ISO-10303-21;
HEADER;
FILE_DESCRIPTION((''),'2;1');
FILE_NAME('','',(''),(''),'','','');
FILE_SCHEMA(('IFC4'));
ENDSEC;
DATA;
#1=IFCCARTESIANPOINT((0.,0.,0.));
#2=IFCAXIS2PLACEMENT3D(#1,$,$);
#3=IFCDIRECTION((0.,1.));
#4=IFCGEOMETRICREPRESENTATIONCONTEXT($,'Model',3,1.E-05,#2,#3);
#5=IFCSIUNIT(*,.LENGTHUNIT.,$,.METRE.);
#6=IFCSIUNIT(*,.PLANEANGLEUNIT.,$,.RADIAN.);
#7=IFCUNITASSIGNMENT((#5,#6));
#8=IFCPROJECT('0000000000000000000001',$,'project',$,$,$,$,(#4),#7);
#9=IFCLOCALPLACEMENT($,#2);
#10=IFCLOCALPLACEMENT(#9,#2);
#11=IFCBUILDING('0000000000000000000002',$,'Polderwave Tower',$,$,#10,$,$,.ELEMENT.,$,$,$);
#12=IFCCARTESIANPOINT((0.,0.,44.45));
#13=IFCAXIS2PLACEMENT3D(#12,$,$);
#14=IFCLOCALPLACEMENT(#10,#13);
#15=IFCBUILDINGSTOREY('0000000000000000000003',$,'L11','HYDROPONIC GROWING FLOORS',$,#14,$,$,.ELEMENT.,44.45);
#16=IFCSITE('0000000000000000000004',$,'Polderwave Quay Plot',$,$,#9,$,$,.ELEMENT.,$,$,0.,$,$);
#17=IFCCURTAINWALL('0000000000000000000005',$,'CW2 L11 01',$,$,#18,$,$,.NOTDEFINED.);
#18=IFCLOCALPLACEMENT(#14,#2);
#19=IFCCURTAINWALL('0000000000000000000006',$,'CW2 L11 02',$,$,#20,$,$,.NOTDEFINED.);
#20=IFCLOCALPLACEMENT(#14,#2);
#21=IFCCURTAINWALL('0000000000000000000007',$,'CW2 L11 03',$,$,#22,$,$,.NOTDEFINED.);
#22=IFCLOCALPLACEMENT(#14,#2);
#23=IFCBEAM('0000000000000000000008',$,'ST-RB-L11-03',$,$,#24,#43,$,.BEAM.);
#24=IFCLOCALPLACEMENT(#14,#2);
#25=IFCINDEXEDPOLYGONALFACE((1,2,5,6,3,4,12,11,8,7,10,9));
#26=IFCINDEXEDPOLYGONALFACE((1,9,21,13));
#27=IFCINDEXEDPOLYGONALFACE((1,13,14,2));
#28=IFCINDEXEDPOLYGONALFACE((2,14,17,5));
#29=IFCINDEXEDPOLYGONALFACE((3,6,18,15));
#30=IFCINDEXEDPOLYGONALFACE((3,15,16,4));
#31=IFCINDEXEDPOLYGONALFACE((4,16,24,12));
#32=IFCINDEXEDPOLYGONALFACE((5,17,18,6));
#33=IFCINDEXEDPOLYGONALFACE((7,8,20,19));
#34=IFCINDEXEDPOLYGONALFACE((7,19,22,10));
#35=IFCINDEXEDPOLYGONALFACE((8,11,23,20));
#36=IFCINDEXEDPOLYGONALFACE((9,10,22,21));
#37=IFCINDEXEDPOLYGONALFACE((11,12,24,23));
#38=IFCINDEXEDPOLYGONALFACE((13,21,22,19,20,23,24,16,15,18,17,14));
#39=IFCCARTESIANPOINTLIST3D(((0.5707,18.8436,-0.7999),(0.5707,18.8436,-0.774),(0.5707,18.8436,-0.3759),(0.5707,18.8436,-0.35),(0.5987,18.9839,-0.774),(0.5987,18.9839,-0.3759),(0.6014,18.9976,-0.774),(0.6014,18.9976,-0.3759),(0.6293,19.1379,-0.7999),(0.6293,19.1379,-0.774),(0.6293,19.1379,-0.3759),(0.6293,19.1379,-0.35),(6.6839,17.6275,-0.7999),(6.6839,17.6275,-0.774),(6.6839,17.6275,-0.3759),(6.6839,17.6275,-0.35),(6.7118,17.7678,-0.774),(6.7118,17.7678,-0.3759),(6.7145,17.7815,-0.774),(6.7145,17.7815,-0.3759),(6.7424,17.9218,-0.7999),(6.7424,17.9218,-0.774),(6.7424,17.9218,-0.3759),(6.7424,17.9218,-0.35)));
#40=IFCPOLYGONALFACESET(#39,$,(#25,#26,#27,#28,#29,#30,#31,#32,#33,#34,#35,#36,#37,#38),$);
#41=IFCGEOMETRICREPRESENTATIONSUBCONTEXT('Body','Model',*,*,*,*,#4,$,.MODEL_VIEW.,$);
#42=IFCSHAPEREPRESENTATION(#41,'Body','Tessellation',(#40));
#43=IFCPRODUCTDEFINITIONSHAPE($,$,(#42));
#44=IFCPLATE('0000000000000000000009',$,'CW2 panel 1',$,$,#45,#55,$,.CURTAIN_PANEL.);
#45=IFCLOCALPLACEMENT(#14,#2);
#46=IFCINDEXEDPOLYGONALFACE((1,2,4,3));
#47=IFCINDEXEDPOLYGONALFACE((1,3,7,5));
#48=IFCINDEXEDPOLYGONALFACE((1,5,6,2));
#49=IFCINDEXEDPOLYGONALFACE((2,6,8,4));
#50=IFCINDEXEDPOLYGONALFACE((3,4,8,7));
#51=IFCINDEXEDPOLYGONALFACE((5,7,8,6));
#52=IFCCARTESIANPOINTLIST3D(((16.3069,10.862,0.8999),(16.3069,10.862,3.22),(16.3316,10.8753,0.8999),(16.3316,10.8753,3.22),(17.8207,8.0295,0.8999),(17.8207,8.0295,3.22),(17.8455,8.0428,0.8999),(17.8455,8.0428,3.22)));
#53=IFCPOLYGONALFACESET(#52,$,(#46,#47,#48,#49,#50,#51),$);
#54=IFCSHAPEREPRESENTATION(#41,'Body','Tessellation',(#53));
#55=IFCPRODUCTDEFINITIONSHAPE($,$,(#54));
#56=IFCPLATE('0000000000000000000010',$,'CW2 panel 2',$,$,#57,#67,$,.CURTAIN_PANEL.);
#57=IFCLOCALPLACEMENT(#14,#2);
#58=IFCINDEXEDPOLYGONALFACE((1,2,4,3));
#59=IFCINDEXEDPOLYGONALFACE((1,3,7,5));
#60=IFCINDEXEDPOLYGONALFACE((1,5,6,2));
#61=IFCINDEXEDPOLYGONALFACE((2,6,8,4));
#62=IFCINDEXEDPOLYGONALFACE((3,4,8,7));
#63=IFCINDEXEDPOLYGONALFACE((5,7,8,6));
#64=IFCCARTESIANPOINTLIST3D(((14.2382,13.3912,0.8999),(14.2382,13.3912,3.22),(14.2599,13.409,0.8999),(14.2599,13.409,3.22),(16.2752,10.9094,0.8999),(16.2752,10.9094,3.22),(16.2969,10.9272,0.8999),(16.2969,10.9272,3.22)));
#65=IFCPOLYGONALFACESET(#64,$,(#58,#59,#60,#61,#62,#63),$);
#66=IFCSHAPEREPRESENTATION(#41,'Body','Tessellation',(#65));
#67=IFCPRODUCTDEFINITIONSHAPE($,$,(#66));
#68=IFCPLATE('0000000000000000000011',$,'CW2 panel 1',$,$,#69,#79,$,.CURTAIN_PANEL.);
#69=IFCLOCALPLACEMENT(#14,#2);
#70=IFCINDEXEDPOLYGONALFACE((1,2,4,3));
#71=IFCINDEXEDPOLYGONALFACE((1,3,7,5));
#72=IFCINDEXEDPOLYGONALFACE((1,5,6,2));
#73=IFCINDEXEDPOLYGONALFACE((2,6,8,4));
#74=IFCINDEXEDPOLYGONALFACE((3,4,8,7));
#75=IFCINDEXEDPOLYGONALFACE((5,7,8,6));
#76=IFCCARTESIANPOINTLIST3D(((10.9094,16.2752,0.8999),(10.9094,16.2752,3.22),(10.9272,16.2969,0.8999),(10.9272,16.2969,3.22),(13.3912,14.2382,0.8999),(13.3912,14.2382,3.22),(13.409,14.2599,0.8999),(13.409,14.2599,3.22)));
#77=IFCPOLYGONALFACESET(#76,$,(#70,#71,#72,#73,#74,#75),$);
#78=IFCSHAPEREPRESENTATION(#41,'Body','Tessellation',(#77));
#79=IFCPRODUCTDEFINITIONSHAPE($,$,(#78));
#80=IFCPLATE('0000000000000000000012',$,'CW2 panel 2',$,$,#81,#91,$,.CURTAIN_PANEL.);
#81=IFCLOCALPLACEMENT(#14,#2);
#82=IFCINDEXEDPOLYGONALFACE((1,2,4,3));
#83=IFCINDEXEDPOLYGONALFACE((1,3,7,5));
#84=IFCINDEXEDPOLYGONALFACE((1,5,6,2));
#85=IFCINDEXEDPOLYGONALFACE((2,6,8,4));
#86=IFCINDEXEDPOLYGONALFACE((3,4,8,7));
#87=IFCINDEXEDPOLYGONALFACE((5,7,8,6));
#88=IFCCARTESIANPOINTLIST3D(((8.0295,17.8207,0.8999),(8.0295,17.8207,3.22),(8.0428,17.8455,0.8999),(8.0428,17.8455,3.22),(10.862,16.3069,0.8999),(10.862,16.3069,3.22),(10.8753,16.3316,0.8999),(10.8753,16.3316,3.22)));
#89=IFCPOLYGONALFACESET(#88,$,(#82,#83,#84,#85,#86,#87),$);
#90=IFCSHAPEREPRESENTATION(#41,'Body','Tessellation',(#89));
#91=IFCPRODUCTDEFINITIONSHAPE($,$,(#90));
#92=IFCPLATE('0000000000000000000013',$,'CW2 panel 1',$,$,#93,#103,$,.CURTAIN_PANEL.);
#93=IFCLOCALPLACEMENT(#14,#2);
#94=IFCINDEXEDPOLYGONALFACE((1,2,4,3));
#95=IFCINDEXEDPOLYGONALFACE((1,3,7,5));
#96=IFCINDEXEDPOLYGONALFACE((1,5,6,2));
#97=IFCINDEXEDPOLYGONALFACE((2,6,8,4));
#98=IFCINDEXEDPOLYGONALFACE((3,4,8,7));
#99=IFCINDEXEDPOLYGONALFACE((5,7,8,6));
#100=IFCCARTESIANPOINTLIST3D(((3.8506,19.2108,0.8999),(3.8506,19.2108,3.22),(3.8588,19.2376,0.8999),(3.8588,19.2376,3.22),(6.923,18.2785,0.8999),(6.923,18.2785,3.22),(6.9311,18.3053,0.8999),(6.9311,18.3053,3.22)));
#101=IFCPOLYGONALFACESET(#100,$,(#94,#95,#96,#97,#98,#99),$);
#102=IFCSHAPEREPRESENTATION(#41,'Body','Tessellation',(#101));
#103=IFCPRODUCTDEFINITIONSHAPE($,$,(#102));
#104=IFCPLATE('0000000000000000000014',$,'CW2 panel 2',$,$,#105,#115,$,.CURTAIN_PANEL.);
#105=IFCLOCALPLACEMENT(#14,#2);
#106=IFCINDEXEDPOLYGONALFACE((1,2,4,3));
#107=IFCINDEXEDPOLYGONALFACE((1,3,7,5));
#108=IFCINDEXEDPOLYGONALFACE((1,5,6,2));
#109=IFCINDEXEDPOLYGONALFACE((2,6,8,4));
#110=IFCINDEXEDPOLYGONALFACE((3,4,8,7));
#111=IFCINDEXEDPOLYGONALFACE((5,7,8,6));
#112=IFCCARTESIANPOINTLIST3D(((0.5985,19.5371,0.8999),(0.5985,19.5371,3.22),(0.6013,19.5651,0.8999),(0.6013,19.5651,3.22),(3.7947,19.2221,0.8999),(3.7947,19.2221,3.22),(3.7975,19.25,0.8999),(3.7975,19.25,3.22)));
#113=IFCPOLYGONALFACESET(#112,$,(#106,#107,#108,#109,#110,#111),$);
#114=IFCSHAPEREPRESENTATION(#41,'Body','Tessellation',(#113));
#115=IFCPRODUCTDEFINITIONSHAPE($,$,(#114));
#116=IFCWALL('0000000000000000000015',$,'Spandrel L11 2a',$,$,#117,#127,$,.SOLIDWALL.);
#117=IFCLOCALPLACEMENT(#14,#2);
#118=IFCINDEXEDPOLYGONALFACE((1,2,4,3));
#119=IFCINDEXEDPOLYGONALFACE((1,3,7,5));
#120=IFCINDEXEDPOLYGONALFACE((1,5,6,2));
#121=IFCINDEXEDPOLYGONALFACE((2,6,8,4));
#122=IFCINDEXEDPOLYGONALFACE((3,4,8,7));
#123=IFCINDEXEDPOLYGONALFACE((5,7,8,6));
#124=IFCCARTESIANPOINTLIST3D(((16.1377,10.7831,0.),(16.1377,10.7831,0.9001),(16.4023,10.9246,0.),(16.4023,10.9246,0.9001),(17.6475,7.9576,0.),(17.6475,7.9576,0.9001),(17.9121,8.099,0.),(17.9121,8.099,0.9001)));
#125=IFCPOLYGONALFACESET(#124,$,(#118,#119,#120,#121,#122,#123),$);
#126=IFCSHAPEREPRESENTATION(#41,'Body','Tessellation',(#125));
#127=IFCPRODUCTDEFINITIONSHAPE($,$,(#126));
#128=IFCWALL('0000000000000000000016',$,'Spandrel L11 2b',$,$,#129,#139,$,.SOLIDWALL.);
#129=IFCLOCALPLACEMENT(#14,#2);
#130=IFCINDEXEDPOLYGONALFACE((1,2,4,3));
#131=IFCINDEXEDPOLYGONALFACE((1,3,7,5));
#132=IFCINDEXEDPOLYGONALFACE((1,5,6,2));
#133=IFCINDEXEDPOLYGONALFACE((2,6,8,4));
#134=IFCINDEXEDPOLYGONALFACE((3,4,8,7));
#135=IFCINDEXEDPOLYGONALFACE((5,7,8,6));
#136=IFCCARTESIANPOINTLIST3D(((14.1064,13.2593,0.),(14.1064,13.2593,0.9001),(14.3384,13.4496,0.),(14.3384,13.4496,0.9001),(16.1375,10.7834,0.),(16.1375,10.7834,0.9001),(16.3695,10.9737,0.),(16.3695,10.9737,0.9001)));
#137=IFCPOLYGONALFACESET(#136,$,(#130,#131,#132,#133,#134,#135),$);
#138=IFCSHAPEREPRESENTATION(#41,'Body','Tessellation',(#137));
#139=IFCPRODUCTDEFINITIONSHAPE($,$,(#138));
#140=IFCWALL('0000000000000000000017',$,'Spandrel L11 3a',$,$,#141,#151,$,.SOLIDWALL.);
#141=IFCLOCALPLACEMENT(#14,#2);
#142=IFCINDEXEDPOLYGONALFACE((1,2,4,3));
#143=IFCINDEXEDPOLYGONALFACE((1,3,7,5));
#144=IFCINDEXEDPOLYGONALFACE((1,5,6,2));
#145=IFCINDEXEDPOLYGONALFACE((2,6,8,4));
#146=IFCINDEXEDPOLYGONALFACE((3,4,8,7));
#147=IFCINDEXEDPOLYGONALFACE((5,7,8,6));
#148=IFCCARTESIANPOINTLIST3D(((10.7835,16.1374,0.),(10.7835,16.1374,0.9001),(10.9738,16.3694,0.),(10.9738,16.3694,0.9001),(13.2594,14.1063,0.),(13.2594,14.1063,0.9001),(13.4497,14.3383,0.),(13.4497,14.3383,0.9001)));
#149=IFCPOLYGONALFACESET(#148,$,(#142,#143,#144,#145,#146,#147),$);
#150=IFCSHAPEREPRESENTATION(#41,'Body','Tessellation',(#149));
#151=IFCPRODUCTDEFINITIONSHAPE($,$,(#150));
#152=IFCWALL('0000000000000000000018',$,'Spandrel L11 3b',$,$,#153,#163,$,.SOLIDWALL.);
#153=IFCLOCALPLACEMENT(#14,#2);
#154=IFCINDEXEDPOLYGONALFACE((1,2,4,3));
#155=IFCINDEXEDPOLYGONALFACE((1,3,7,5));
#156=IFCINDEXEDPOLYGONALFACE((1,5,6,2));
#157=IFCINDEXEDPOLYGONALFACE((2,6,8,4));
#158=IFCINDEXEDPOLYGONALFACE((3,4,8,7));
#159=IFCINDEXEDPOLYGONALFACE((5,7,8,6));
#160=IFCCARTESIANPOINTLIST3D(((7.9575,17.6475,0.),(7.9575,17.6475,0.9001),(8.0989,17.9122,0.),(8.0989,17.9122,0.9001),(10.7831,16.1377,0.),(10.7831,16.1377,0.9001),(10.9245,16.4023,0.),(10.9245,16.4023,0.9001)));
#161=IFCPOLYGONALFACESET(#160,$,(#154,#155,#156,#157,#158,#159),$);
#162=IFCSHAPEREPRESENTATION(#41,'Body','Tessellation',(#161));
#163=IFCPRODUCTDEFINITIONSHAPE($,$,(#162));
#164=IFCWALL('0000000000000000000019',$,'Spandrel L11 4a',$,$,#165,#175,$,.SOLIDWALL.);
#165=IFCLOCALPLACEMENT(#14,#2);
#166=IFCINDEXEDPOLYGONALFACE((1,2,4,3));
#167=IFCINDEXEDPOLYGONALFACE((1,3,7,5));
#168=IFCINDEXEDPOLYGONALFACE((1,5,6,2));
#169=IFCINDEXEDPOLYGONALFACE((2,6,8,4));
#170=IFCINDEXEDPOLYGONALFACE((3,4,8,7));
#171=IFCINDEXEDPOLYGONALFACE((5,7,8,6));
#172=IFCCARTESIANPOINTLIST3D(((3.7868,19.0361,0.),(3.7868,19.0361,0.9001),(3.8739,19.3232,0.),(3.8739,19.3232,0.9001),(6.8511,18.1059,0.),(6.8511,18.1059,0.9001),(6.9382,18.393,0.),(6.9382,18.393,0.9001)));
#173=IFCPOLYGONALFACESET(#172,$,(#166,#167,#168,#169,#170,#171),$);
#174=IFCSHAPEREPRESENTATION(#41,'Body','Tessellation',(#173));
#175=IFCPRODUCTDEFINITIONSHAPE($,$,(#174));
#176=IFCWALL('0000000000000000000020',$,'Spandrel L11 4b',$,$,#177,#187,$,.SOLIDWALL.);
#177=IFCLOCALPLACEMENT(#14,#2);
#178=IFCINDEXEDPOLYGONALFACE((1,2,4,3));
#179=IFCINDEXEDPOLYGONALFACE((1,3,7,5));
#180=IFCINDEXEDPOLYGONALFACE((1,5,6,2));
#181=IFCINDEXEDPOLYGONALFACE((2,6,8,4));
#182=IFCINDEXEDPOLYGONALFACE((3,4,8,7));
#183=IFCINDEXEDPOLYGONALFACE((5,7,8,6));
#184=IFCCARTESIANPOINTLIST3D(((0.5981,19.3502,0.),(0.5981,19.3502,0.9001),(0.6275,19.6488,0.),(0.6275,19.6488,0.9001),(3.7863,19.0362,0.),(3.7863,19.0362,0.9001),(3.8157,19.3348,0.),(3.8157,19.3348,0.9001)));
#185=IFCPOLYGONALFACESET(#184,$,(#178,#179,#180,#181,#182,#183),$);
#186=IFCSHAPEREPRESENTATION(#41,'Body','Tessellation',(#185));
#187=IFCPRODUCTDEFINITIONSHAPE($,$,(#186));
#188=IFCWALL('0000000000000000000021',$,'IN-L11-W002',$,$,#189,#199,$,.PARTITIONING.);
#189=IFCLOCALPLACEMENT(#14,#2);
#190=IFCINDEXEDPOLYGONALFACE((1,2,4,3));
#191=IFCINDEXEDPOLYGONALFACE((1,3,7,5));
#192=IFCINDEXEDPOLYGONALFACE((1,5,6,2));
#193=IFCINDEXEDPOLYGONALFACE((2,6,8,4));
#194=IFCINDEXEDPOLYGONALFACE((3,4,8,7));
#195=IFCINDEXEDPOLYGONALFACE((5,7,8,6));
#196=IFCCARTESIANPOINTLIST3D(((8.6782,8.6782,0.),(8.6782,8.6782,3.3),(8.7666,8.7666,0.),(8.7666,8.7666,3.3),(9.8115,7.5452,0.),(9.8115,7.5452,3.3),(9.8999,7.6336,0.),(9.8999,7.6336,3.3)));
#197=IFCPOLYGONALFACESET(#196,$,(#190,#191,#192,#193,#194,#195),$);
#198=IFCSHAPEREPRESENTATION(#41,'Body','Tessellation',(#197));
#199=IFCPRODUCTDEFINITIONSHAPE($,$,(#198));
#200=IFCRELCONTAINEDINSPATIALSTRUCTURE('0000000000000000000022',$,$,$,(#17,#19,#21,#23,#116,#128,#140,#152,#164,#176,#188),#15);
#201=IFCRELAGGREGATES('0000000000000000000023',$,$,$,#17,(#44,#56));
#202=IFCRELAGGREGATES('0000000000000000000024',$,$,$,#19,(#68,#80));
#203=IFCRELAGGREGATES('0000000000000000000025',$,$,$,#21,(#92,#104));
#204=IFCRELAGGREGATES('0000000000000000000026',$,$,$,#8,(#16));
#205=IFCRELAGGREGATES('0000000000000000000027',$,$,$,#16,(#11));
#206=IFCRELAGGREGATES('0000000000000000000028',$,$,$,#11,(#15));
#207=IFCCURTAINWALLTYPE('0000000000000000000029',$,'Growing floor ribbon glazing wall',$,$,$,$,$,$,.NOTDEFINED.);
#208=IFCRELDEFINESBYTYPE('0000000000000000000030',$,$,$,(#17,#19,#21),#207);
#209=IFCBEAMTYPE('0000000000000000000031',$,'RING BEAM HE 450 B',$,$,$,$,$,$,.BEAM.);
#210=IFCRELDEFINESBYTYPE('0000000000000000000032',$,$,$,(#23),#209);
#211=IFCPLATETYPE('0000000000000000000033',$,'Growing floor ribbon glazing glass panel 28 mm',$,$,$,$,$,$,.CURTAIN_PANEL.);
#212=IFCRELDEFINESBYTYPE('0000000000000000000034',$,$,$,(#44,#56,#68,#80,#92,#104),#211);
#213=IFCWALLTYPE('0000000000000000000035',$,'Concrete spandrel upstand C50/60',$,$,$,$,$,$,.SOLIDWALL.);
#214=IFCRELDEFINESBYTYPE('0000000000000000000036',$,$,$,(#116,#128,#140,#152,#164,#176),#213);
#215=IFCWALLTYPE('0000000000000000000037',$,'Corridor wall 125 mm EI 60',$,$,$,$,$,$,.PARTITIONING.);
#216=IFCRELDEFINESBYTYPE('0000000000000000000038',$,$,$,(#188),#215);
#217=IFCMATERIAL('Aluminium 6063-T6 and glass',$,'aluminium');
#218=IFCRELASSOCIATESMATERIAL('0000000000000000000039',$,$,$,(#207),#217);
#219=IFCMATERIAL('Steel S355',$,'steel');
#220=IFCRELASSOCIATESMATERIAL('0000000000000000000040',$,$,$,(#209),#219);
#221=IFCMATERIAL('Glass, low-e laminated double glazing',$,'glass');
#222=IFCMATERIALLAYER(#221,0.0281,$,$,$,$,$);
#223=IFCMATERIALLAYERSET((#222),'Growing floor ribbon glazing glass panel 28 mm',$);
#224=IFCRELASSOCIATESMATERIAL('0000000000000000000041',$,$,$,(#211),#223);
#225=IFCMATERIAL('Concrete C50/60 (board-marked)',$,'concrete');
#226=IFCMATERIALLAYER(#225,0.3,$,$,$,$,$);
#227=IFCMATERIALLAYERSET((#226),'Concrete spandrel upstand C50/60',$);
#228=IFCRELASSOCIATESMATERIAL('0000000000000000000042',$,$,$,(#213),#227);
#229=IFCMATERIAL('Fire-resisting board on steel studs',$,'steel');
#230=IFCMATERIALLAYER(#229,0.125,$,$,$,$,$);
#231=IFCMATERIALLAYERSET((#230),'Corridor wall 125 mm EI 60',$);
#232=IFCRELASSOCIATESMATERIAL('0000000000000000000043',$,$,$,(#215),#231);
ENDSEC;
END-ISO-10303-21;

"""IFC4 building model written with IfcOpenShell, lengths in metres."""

from ifc_helpers import new_model, si_unit, direction, frame, frame_2d, origin, origin_2d, place, context, subcontext, project, spatial, rectangle, i_section, extrude, material, layer, layer_set, material_profile, profile_set, type_object, element, aggregate, save


model = new_model("IFC4")

# Units and contexts
model_context = context("Model", 3, precision=1e-05, world=origin(), true_north=direction((0.0, 1.0)))
body_context = subcontext(model_context, "Body", "Model", "MODEL_VIEW")
ifc_project = project(units=[si_unit("LENGTHUNIT", "METRE"), si_unit("PLANEANGLEUNIT", "RADIAN")], contexts=[model_context])

# Site, building, storey
site_placement = place(None, origin())
site = spatial("IfcSite", under=ifc_project, at=site_placement, Name="Polderwave Quay Plot", CompositionType="ELEMENT", RefElevation=0.0)
building_placement = place(site_placement, origin())
building = spatial("IfcBuilding", under=site, at=building_placement, Name="Polderwave Tower", CompositionType="ELEMENT")
storey_placement = place(building_placement, frame((0.0, 0.0, 44.45)))
storey = spatial("IfcBuildingStorey", under=building, at=storey_placement, Name="L11", Description="HYDROPONIC GROWING FLOORS", CompositionType="ELEMENT", Elevation=44.45)

# Curtain walls
ifc_material_1 = material(Name="Aluminium 6063-T6 and glass", Category="aluminium")
curtain_wall_type = type_object("IfcCurtainWallType", Name="Growing floor ribbon glazing wall", PredefinedType="NOTDEFINED", material=ifc_material_1)
curtain_wall_1_placement = place(storey_placement, origin())
curtain_wall_1 = element("IfcCurtainWall", 1, at=curtain_wall_1_placement, inside=storey, type_object=curtain_wall_type, Name="CW2 L11 01", PredefinedType="NOTDEFINED")
curtain_wall_2_placement = place(storey_placement, origin())
curtain_wall_2 = element("IfcCurtainWall", 2, at=curtain_wall_2_placement, inside=storey, type_object=curtain_wall_type, Name="CW2 L11 02", PredefinedType="NOTDEFINED")
curtain_wall_3_placement = place(storey_placement, origin())
curtain_wall_3 = element("IfcCurtainWall", 3, at=curtain_wall_3_placement, inside=storey, type_object=curtain_wall_type, Name="CW2 L11 03", PredefinedType="NOTDEFINED")

# Beam
ifc_material_2 = material(Name="Steel S355", Category="steel")
ifc_material_profile_1 = material_profile(ifc_material_2, i_section(OverallWidth=0.3, OverallDepth=0.45, WebThickness=0.0139, FlangeThickness=0.0259, at=origin_2d()), Name="HE 450 B")
ifc_profile_set_1 = profile_set([ifc_material_profile_1], Name="Steel S355")
beam_type = type_object("IfcBeamType", Name="RING BEAM HE 450 B", PredefinedType="BEAM", material=ifc_profile_set_1)
beam_placement = place(storey_placement, frame((6.7131, 17.7747, -0.575), z_axis=(-0.980782, 0.195107, 0.0), x_axis=(-0.195107, -0.980782, 0.0)))
element("IfcBeam", 4, at=beam_placement, inside=storey, type_object=beam_type, Name="ST-RB-L11-03", PredefinedType="BEAM", context=body_context, shape_type="SweptSolid", body=[
    extrude(i_section(OverallWidth=0.3, OverallDepth=0.45, WebThickness=0.0139, FlangeThickness=0.0259, at=origin_2d()), origin(), (0.0, 0.0, 1.0), 6.2329),
])

# Plates
ifc_material_3 = material(Name="Glass, low-e laminated double glazing", Category="glass")
ifc_layer_1 = layer(ifc_material_3, 0.0281)
ifc_layer_set_1 = layer_set([ifc_layer_1], Name="Growing floor ribbon glazing glass panel 28 mm")
plate_type = type_object("IfcPlateType", Name="Growing floor ribbon glazing glass panel 28 mm", PredefinedType="CURTAIN_PANEL", material=ifc_layer_set_1)
plate_1_placement = place(storey_placement, frame((17.0762, 9.4524, 0.8999), z_axis=(0.0, 0.0, 1.0), x_axis=(-0.471357, 0.881943, 0.0)))
plate_1 = element("IfcPlate", 5, at=plate_1_placement, type_object=plate_type, Name="CW2 panel 1", PredefinedType="CURTAIN_PANEL", context=body_context, shape_type="SweptSolid", body=[
    extrude(rectangle(XDim=3.2117, YDim=0.0281, at=origin_2d()), origin(), (0.0, 0.0, 1.0), 2.3201),
])
plate_2_placement = place(storey_placement, frame((15.2676, 12.1592, 0.8999), z_axis=(0.0, 0.0, 1.0), x_axis=(-0.63443, 0.772981, 0.0)))
plate_2 = element("IfcPlate", 6, at=plate_2_placement, type_object=plate_type, Name="CW2 panel 2", PredefinedType="CURTAIN_PANEL", context=body_context, shape_type="SweptSolid", body=[
    extrude(rectangle(XDim=3.2107, YDim=0.0281, at=origin_2d()), origin(), (0.0, 0.0, 1.0), 2.3201),
])
aggregate(curtain_wall_1, [plate_1, plate_2])
plate_3_placement = place(storey_placement, frame((12.1592, 15.2676, 0.8999), z_axis=(0.0, 0.0, 1.0), x_axis=(-0.772981, 0.63443, 0.0)))
plate_3 = element("IfcPlate", 7, at=plate_3_placement, type_object=plate_type, Name="CW2 panel 1", PredefinedType="CURTAIN_PANEL", context=body_context, shape_type="SweptSolid", body=[
    extrude(rectangle(XDim=3.2107, YDim=0.0281, at=origin_2d()), origin(), (0.0, 0.0, 1.0), 2.3201),
])
plate_4_placement = place(storey_placement, frame((9.4524, 17.0762, 0.8999), z_axis=(0.0, 0.0, 1.0), x_axis=(-0.881943, 0.471357, 0.0)))
plate_4 = element("IfcPlate", 8, at=plate_4_placement, type_object=plate_type, Name="CW2 panel 2", PredefinedType="CURTAIN_PANEL", context=body_context, shape_type="SweptSolid", body=[
    extrude(rectangle(XDim=3.2117, YDim=0.0281, at=origin_2d()), origin(), (0.0, 0.0, 1.0), 2.3201),
])
aggregate(curtain_wall_2, [plate_3, plate_4])
plate_5_placement = place(storey_placement, frame((5.3909, 18.7581, 0.8999), z_axis=(0.0, 0.0, 1.0), x_axis=(-0.956913, 0.290375, 0.0)))
plate_5 = element("IfcPlate", 9, at=plate_5_placement, type_object=plate_type, Name="CW2 panel 1", PredefinedType="CURTAIN_PANEL", context=body_context, shape_type="SweptSolid", body=[
    extrude(rectangle(XDim=3.2107, YDim=0.0281, at=origin_2d()), origin(), (0.0, 0.0, 1.0), 2.3201),
])
plate_6_placement = place(storey_placement, frame((2.198, 19.3936, 0.8999), z_axis=(0.0, 0.0, 1.0), x_axis=(-0.995177, 0.098099, 0.0)))
plate_6 = element("IfcPlate", 10, at=plate_6_placement, type_object=plate_type, Name="CW2 panel 2", PredefinedType="CURTAIN_PANEL", context=body_context, shape_type="SweptSolid", body=[
    extrude(rectangle(XDim=3.2117, YDim=0.0281, at=origin_2d()), origin(), (0.0, 0.0, 1.0), 2.3201),
])
aggregate(curtain_wall_3, [plate_5, plate_6])

# Walls
ifc_material_4 = material(Name="Concrete C50/60 (board-marked)", Category="concrete")
ifc_layer_2 = layer(ifc_material_4, 0.3)
ifc_layer_set_2 = layer_set([ifc_layer_2], Name="Concrete spandrel upstand C50/60")
wall_type_1 = type_object("IfcWallType", Name="Concrete spandrel upstand C50/60", PredefinedType="SOLIDWALL", material=ifc_layer_set_2)
wall_1_placement = place(storey_placement, frame((17.7798, 8.0283, 0.0), z_axis=(0.0, 0.0, 1.0), x_axis=(-0.471284, 0.881981, 0.0)))
element("IfcWall", 11, at=wall_1_placement, inside=storey, type_object=wall_type_1, Name="Spandrel L11 2a", PredefinedType="SOLIDWALL", context=body_context, shape_type="SweptSolid", body=[
    extrude(rectangle(XDim=3.2036, YDim=0.3, at=frame_2d((1.6018, 0.0))), origin(), (0.0, 0.0, 1.0), 0.9001),
])
for number, where, z_axis, x_axis, name in (
    (12, (16.2534, 10.8787, 0.0), (0.0, 0.0, 1.0), (-0.634234, 0.773141, 0.0), "Spandrel L11 2b"),
    (13, (13.3545, 14.2224, 0.0), (0.0, 0.0, 1.0), (-0.773141, 0.634234, 0.0), "Spandrel L11 3a"),
):
    element("IfcWall", number, at=place(storey_placement, frame(where, z_axis=z_axis, x_axis=x_axis)), inside=storey, type_object=wall_type_1, Name=name, PredefinedType="SOLIDWALL", context=body_context, shape_type="SweptSolid", body=[
        extrude(rectangle(XDim=3.2024, YDim=0.3, at=frame_2d((1.6011, 0.0))), origin(), (0.0, 0.0, 1.0), 0.9001),
    ])
wall_2_placement = place(storey_placement, frame((10.8538, 16.27, 0.0), z_axis=(0.0, 0.0, 1.0), x_axis=(-0.881981, 0.471284, 0.0)))
element("IfcWall", 14, at=wall_2_placement, inside=storey, type_object=wall_type_1, Name="Spandrel L11 3b", PredefinedType="SOLIDWALL", context=body_context, shape_type="SweptSolid", body=[
    extrude(rectangle(XDim=3.2036, YDim=0.3, at=frame_2d((1.6018, 0.0))), origin(), (0.0, 0.0, 1.0), 0.9001),
])
wall_3_placement = place(storey_placement, frame((6.8945, 18.2495, 0.0), z_axis=(0.0, 0.0, 1.0), x_axis=(-0.956883, 0.290473, 0.0)))
element("IfcWall", 15, at=wall_3_placement, inside=storey, type_object=wall_type_1, Name="Spandrel L11 4a", PredefinedType="SOLIDWALL", context=body_context, shape_type="SweptSolid", body=[
    extrude(rectangle(XDim=3.2024, YDim=0.3, at=frame_2d((1.6011, 0.0))), origin(), (0.0, 0.0, 1.0), 0.9001),
])
wall_4_placement = place(storey_placement, frame((3.801, 19.1855, 0.0), z_axis=(0.0, 0.0, 1.0), x_axis=(-0.995186, 0.098002, 0.0)))
element("IfcWall", 16, at=wall_4_placement, inside=storey, type_object=wall_type_1, Name="Spandrel L11 4b", PredefinedType="SOLIDWALL", context=body_context, shape_type="SweptSolid", body=[
    extrude(rectangle(XDim=3.2036, YDim=0.3, at=frame_2d((1.6018, 0.0))), origin(), (0.0, 0.0, 1.0), 0.9001),
])
ifc_material_5 = material(Name="Fire-resisting board on steel studs", Category="steel")
ifc_layer_3 = layer(ifc_material_5, 0.125)
ifc_layer_set_3 = layer_set([ifc_layer_3], Name="Corridor wall 125 mm EI 60")
wall_type_2 = type_object("IfcWallType", Name="Corridor wall 125 mm EI 60", PredefinedType="PARTITIONING", material=ifc_layer_set_3)
wall_5_placement = place(storey_placement, frame((8.7224, 8.7224, 0.0), z_axis=(0.0, 0.0, 1.0), x_axis=(0.707183, -0.707031, 0.0)))
element("IfcWall", 17, at=wall_5_placement, inside=storey, type_object=wall_type_2, Name="IN-L11-W002", PredefinedType="PARTITIONING", context=body_context, shape_type="SweptSolid", body=[
    extrude(rectangle(XDim=1.6025, YDim=0.125, at=frame_2d((0.8013, 0.0))), origin(), (0.0, 0.0, 1.0), 3.3),
])

save(model, "model.ifc")
